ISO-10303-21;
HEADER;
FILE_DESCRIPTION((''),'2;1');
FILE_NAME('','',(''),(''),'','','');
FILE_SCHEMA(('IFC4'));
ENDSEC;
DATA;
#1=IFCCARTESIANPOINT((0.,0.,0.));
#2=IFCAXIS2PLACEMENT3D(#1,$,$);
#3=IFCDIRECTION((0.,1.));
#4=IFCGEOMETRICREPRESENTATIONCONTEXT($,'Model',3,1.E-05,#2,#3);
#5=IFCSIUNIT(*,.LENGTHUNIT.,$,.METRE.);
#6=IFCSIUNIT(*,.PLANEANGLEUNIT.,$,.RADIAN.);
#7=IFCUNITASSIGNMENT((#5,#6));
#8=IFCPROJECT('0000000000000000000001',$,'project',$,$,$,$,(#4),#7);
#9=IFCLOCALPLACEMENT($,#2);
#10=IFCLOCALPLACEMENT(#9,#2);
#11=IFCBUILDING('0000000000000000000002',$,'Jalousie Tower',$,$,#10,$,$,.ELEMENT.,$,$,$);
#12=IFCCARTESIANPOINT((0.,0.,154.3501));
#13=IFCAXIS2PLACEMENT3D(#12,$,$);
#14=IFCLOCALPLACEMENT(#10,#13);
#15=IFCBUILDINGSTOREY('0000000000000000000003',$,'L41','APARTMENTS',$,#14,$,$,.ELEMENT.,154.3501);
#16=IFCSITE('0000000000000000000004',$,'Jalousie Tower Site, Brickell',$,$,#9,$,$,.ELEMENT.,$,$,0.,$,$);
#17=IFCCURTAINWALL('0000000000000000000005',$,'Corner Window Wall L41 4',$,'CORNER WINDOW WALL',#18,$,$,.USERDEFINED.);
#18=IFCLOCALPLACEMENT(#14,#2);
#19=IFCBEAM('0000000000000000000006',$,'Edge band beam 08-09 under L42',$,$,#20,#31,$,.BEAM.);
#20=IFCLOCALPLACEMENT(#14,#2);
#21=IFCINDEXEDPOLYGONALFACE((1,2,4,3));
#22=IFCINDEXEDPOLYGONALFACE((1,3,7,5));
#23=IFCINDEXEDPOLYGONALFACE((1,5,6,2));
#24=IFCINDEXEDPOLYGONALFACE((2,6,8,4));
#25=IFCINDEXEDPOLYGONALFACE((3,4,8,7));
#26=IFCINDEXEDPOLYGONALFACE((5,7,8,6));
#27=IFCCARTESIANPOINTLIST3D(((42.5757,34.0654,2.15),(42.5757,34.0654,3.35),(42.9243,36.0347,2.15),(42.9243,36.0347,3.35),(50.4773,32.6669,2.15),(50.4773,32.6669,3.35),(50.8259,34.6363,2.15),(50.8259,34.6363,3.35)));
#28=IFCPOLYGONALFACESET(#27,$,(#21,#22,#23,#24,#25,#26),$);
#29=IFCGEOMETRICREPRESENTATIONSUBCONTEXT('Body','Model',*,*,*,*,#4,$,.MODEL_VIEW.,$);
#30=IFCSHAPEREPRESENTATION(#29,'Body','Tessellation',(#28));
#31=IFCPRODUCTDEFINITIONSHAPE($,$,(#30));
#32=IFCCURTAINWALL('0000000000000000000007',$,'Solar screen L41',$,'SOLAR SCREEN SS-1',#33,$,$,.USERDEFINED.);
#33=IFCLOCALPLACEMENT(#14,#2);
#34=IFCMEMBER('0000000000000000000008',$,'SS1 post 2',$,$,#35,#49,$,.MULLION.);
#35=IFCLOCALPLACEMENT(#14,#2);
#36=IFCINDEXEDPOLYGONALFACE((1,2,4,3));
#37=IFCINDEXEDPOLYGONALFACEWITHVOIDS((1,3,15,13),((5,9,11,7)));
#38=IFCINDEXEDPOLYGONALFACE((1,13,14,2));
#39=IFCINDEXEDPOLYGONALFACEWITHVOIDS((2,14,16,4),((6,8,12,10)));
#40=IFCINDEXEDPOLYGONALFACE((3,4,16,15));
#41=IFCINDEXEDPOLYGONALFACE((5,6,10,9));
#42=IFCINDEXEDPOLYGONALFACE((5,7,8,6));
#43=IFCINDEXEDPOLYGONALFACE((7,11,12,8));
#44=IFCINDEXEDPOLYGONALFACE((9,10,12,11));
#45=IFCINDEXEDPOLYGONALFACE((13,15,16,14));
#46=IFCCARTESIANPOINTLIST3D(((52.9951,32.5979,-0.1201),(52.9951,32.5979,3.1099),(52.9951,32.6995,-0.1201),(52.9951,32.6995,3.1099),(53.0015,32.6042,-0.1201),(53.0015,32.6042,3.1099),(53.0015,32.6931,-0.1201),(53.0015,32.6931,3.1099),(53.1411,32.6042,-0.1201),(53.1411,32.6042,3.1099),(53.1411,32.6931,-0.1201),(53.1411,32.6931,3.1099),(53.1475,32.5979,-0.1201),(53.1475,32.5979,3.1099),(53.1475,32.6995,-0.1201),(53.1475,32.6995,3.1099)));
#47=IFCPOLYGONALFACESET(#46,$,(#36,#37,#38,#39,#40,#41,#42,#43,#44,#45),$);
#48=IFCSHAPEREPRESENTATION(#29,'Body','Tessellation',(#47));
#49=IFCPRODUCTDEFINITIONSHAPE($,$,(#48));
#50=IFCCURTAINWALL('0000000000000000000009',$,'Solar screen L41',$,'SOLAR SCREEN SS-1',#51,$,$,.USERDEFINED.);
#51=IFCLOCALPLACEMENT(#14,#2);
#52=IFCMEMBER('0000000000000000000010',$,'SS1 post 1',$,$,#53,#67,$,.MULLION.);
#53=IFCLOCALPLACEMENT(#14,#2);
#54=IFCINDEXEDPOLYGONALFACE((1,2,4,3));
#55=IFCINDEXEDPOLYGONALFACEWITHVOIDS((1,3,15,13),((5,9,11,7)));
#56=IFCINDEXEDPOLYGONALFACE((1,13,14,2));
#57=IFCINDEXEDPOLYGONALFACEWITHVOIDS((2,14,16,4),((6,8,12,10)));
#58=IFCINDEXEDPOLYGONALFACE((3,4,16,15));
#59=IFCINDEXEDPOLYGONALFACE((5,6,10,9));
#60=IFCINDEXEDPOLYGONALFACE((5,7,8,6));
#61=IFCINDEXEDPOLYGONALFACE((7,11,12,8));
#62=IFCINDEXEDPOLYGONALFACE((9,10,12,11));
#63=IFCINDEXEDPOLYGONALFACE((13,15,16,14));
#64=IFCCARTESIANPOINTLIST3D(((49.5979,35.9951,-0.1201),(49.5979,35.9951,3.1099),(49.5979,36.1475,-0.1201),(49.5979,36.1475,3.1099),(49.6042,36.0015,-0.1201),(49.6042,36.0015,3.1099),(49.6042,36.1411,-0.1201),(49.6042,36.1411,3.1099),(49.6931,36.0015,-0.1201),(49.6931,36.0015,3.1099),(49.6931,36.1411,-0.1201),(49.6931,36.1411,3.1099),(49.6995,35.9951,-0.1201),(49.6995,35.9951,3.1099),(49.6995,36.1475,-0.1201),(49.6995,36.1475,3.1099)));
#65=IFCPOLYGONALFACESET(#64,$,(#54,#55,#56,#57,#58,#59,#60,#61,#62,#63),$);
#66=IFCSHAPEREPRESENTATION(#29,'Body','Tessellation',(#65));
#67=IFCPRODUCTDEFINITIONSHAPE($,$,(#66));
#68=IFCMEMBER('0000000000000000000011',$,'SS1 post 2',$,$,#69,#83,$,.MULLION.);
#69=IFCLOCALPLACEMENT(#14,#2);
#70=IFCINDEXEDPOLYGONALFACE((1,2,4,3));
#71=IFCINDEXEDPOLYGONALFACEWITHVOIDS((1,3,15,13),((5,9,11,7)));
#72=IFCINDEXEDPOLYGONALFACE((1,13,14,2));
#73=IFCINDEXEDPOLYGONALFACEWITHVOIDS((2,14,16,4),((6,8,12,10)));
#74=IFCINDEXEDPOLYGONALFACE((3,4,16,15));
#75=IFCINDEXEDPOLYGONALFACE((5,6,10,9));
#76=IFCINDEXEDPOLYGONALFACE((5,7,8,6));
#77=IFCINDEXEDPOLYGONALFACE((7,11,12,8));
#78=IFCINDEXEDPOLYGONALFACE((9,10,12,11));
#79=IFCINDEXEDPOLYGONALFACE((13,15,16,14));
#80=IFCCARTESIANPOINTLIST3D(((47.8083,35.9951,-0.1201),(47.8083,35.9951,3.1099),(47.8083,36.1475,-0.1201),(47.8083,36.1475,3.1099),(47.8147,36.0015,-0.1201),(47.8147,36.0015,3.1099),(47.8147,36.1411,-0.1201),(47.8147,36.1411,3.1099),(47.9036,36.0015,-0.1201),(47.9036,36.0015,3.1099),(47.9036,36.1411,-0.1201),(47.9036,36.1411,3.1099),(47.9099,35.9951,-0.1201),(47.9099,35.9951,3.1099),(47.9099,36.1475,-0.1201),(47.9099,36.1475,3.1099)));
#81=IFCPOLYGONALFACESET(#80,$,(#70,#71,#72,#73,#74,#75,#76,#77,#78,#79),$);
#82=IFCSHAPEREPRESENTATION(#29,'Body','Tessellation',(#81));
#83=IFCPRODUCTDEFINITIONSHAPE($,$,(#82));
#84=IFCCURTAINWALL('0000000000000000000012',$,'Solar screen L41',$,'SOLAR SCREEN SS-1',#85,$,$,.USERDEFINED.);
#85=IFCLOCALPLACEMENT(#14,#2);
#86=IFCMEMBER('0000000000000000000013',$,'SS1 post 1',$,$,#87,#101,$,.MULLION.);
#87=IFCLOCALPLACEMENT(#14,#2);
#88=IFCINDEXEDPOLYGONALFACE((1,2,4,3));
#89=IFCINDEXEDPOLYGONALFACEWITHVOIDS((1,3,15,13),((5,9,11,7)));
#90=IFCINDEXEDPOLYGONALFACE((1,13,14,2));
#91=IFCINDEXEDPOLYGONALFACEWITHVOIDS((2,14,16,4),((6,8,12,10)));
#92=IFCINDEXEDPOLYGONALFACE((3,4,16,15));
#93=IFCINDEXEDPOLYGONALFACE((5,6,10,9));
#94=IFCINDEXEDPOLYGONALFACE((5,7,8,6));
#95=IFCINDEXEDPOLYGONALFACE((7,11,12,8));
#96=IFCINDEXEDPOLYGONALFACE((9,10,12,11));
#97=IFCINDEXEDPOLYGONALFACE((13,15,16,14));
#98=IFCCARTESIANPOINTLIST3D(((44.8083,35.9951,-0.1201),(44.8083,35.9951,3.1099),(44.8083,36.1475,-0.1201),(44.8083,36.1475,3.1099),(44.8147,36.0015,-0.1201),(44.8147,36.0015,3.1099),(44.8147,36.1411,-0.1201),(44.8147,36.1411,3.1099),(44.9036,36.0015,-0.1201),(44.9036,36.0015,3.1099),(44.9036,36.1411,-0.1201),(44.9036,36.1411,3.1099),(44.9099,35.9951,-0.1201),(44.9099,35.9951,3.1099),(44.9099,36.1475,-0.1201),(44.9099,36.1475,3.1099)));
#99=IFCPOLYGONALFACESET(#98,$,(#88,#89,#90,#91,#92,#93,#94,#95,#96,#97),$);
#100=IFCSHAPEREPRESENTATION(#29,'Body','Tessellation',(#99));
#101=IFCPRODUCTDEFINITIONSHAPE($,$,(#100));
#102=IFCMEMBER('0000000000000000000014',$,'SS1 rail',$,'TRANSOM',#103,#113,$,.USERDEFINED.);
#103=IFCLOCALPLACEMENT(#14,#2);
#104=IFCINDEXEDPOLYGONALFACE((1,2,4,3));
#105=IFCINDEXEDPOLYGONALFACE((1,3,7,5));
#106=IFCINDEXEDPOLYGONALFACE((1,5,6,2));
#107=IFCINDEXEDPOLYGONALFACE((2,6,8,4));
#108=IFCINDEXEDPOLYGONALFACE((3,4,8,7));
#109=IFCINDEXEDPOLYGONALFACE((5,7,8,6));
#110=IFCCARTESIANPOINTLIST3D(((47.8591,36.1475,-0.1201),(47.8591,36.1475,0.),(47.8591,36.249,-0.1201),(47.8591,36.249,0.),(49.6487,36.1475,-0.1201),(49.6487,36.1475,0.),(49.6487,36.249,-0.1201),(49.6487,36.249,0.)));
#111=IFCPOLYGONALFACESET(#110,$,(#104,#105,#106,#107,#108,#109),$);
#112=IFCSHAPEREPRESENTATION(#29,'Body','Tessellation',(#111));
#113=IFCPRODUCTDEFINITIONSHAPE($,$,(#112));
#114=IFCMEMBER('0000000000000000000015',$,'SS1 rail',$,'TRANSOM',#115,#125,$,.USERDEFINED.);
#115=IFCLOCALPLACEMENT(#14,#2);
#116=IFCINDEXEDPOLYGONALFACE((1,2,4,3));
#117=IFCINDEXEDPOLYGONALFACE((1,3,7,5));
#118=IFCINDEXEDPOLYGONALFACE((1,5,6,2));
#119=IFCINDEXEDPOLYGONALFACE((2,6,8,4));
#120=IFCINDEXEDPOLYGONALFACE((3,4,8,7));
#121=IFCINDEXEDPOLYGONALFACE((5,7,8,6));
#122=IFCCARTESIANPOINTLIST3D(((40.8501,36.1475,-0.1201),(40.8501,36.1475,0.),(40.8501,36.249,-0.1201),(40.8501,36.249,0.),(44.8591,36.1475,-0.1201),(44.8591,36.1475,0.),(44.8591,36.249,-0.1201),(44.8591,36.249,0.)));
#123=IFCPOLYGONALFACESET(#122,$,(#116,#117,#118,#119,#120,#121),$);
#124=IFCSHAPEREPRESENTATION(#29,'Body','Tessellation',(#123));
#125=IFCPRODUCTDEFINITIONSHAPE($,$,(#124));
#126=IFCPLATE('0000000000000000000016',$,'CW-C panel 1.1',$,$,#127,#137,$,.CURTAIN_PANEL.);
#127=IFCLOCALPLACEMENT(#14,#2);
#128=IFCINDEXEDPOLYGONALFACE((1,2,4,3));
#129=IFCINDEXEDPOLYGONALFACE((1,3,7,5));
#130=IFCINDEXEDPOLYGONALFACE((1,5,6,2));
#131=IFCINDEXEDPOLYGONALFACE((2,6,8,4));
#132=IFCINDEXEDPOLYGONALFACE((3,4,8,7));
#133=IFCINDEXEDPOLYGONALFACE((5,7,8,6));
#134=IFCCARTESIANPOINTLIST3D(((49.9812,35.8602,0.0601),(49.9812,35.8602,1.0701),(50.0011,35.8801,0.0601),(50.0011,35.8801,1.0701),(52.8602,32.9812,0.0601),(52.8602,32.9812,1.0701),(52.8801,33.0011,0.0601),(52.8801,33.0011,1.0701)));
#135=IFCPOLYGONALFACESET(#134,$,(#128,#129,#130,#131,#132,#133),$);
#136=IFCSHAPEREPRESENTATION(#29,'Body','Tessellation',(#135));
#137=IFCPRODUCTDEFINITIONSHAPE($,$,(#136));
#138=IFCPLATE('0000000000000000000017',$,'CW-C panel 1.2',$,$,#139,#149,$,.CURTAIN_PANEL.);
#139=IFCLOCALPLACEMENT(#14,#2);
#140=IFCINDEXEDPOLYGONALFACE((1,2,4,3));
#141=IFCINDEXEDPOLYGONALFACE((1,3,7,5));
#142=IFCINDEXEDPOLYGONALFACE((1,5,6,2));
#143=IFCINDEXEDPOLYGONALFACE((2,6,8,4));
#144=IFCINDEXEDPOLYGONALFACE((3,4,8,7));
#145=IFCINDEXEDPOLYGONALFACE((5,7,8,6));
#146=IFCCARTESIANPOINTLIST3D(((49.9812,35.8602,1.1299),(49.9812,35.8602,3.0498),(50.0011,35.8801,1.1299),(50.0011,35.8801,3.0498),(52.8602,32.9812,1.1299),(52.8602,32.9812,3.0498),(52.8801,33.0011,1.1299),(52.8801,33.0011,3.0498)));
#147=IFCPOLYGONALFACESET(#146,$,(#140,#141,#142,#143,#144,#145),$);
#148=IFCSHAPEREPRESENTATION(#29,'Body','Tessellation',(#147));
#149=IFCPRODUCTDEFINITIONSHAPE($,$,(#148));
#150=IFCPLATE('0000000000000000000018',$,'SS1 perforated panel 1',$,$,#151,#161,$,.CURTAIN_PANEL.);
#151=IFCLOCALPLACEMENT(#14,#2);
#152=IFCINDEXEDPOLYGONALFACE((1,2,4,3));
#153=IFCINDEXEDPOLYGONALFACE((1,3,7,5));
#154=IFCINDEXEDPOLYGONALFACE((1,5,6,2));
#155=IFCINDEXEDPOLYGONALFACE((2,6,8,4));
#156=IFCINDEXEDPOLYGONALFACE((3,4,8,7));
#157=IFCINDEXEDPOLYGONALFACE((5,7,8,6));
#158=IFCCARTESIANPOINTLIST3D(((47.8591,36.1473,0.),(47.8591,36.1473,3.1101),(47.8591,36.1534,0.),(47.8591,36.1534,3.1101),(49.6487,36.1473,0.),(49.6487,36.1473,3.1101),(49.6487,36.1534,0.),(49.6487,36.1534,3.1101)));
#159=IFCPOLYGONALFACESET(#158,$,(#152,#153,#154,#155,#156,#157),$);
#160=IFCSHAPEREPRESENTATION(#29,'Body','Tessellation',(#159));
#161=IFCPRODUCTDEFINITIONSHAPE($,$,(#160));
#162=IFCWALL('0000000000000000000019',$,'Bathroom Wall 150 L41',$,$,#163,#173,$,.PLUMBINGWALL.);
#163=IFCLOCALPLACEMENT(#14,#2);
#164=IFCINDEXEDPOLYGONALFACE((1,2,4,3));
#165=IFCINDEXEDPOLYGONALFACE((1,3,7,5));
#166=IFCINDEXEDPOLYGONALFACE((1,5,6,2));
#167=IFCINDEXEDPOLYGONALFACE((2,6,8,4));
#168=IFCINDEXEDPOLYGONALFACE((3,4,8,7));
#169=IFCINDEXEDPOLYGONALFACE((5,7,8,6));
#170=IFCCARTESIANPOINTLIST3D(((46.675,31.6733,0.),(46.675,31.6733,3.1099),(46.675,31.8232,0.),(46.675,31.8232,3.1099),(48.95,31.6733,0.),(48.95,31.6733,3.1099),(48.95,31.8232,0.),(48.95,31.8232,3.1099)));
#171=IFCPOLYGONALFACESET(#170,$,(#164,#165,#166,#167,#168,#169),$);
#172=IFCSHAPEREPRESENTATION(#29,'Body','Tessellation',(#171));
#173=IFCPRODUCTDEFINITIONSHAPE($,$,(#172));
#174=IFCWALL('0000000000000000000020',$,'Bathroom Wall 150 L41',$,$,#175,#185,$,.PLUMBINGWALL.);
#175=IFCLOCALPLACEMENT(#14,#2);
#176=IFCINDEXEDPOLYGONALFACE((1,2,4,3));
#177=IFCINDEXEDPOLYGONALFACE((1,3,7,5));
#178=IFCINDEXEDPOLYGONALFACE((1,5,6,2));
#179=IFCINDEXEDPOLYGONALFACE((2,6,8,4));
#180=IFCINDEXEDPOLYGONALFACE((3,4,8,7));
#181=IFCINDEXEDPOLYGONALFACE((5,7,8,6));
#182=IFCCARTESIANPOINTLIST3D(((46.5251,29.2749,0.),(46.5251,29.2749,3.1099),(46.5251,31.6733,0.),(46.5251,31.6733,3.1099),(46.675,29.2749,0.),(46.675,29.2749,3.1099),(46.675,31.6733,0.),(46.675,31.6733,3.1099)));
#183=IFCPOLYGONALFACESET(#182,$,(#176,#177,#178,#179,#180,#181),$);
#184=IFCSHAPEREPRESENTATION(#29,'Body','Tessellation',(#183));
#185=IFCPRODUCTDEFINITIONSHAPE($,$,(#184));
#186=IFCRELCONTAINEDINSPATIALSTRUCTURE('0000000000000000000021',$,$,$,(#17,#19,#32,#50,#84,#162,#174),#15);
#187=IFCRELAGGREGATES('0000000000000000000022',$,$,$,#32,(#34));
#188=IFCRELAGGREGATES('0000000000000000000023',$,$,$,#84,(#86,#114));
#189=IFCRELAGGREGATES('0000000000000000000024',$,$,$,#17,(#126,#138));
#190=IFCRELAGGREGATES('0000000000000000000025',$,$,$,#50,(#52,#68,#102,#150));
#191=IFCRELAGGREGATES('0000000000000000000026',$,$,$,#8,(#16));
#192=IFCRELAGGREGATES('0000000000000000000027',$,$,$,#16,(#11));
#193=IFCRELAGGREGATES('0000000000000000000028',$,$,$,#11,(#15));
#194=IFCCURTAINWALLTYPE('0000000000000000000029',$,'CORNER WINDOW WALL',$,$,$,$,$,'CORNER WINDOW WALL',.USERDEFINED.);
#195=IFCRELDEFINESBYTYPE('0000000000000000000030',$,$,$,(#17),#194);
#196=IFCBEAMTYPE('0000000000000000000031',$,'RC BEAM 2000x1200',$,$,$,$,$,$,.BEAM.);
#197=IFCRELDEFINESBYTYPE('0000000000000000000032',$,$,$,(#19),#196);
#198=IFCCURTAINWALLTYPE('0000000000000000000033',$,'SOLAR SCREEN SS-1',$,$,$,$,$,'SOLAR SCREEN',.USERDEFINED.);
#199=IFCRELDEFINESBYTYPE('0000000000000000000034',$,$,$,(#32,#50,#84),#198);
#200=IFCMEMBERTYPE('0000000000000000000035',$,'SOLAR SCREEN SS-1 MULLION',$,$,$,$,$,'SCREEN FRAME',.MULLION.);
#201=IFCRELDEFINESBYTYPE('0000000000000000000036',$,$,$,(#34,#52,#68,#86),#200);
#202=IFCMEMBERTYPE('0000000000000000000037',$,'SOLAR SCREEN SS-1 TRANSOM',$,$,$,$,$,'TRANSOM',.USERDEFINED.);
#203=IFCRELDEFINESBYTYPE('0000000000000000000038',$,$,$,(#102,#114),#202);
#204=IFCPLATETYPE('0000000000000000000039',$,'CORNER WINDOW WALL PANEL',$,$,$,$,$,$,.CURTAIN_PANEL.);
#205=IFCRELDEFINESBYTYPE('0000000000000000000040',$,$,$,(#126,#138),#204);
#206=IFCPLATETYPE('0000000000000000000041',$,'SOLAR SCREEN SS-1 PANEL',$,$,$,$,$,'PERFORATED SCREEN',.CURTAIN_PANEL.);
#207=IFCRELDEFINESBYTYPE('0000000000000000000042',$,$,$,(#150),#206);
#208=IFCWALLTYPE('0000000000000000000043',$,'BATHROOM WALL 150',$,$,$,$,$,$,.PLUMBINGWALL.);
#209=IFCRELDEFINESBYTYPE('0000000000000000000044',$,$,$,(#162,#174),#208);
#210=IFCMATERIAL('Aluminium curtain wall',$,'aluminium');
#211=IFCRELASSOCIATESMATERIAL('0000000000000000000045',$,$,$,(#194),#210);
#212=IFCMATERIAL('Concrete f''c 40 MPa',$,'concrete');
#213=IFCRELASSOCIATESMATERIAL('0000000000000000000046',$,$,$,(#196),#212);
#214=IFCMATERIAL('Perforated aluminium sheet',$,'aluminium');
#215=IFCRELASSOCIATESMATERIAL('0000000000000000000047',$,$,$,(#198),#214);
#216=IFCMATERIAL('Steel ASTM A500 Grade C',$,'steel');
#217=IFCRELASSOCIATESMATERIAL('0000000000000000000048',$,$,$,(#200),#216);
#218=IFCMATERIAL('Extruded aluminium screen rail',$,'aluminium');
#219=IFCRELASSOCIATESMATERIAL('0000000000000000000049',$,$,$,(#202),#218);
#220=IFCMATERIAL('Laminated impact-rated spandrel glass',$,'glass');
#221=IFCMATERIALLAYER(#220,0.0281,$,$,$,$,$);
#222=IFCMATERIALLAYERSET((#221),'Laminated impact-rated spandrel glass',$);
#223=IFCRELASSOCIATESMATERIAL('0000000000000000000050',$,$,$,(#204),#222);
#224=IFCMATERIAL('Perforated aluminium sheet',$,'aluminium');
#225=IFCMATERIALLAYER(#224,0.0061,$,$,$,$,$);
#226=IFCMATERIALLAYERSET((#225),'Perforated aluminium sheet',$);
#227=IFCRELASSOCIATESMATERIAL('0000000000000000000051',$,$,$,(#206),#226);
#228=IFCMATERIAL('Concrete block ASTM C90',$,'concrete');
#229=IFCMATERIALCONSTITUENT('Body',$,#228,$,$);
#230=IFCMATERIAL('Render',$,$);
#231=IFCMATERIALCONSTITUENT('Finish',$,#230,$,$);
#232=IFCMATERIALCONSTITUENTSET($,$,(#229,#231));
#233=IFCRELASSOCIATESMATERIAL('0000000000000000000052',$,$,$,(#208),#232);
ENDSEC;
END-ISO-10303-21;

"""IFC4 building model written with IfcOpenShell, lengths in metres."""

from ifc_helpers import new_model, si_unit, direction, frame, frame_2d, origin, origin_2d, place, context, subcontext, project, spatial, rectangle, hollow_rectangle, extrude, material, layer, layer_set, constituent, constituent_set, material_profile, profile_set, type_object, element, aggregate, save


model = new_model("IFC4")

# Units and contexts
model_context = context("Model", 3, precision=1e-05, world=origin(), true_north=direction((0.0, 1.0)))
body_context = subcontext(model_context, "Body", "Model", "MODEL_VIEW")
ifc_project = project(units=[si_unit("LENGTHUNIT", "METRE"), si_unit("PLANEANGLEUNIT", "RADIAN")], contexts=[model_context])

# Site, building, storey
site_placement = place(None, origin())
site = spatial("IfcSite", under=ifc_project, at=site_placement, Name="Jalousie Tower Site, Brickell", CompositionType="ELEMENT", RefElevation=0.0)
building_placement = place(site_placement, origin())
building = spatial("IfcBuilding", under=site, at=building_placement, Name="Jalousie Tower", CompositionType="ELEMENT")
storey_placement = place(building_placement, frame((0.0, 0.0, 154.3501)))
storey = spatial("IfcBuildingStorey", under=building, at=storey_placement, Name="L41", Description="APARTMENTS", CompositionType="ELEMENT", Elevation=154.3501)

# Curtain wall
ifc_material_1 = material(Name="Aluminium curtain wall", Category="aluminium")
curtain_wall_type_1 = type_object("IfcCurtainWallType", Name="CORNER WINDOW WALL", ElementType="CORNER WINDOW WALL", PredefinedType="USERDEFINED", material=ifc_material_1)
curtain_wall_1_placement = place(storey_placement, origin())
curtain_wall_1 = element("IfcCurtainWall", 1, at=curtain_wall_1_placement, inside=storey, type_object=curtain_wall_type_1, Name="Corner Window Wall L41 4", ObjectType="CORNER WINDOW WALL", PredefinedType="USERDEFINED")

# Beam
ifc_material_2 = material(Name="Concrete f'c 40 MPa", Category="concrete")
ifc_material_profile_1 = material_profile(ifc_material_2, rectangle(XDim=2.0, YDim=1.2, at=origin_2d()), Name="RC 2000x1200")
ifc_profile_set_1 = profile_set([ifc_material_profile_1], Name="Concrete f'c 40 MPa")
beam_type = type_object("IfcBeamType", Name="RC BEAM 2000x1200", PredefinedType="BEAM", material=ifc_profile_set_1)
beam_placement = place(storey_placement, frame((50.6516, 33.6516, 2.75), z_axis=(-0.984697, 0.174273, 0.0), x_axis=(-0.174273, -0.984697, 0.0)))
element("IfcBeam", 2, at=beam_placement, inside=storey, type_object=beam_type, Name="Edge band beam 08-09 under L42", PredefinedType="BEAM", context=body_context, shape_type="SweptSolid", body=[
    extrude(rectangle(XDim=2.0, YDim=1.2, at=origin_2d()), origin(), (0.0, 0.0, 1.0), 8.0244),
])

# Curtain wall, member
ifc_material_3 = material(Name="Perforated aluminium sheet", Category="aluminium")
curtain_wall_type_2 = type_object("IfcCurtainWallType", Name="SOLAR SCREEN SS-1", ElementType="SOLAR SCREEN", PredefinedType="USERDEFINED", material=ifc_material_3)
curtain_wall_2_placement = place(storey_placement, origin())
curtain_wall_2 = element("IfcCurtainWall", 3, at=curtain_wall_2_placement, inside=storey, type_object=curtain_wall_type_2, Name="Solar screen L41", ObjectType="SOLAR SCREEN SS-1", PredefinedType="USERDEFINED")
ifc_material_4 = material(Name="Steel ASTM A500 Grade C", Category="steel")
ifc_material_profile_2 = material_profile(ifc_material_4, hollow_rectangle(XDim=0.1016, YDim=0.1523, WallThickness=0.0063, at=origin_2d()), Name="HSS6X4X1/4")
ifc_profile_set_2 = profile_set([ifc_material_profile_2], Name="Steel ASTM A500 Grade C")
member_type_1 = type_object("IfcMemberType", Name="SOLAR SCREEN SS-1 MULLION", ElementType="SCREEN FRAME", PredefinedType="MULLION", material=ifc_profile_set_2)
member_1_placement = place(storey_placement, frame((53.0713, 32.6487, -0.1201), z_axis=(0.0, 0.0, 1.0), x_axis=(0.0, 1.0, 0.0)))
member_1 = element("IfcMember", 4, at=member_1_placement, type_object=member_type_1, Name="SS1 post 2", PredefinedType="MULLION", context=body_context, shape_type="SweptSolid", body=[
    extrude(hollow_rectangle(XDim=0.1016, YDim=0.1523, WallThickness=0.0063, at=origin_2d()), origin(), (0.0, 0.0, 1.0), 3.23),
])
aggregate(curtain_wall_2, [member_1])

# Curtain wall, members
curtain_wall_3_placement = place(storey_placement, origin())
curtain_wall_3 = element("IfcCurtainWall", 5, at=curtain_wall_3_placement, inside=storey, type_object=curtain_wall_type_2, Name="Solar screen L41", ObjectType="SOLAR SCREEN SS-1", PredefinedType="USERDEFINED")
member_2_placement = place(storey_placement, frame((49.6487, 36.0713, -0.1201), z_axis=(0.0, 0.0, 1.0), x_axis=(-1.0, 0.0, 0.0)))
member_2 = element("IfcMember", 6, at=member_2_placement, type_object=member_type_1, Name="SS1 post 1", PredefinedType="MULLION", context=body_context, shape_type="SweptSolid", body=[
    extrude(hollow_rectangle(XDim=0.1016, YDim=0.1523, WallThickness=0.0063, at=origin_2d()), origin(), (0.0, 0.0, 1.0), 3.23),
])
member_3_placement = place(storey_placement, frame((47.8591, 36.0713, -0.1201), z_axis=(0.0, 0.0, 1.0), x_axis=(-1.0, 0.0, 0.0)))
member_3 = element("IfcMember", 7, at=member_3_placement, type_object=member_type_1, Name="SS1 post 2", PredefinedType="MULLION", context=body_context, shape_type="SweptSolid", body=[
    extrude(hollow_rectangle(XDim=0.1016, YDim=0.1523, WallThickness=0.0063, at=origin_2d()), origin(), (0.0, 0.0, 1.0), 3.23),
])

# Curtain wall, member
curtain_wall_4_placement = place(storey_placement, origin())
curtain_wall_4 = element("IfcCurtainWall", 8, at=curtain_wall_4_placement, inside=storey, type_object=curtain_wall_type_2, Name="Solar screen L41", ObjectType="SOLAR SCREEN SS-1", PredefinedType="USERDEFINED")
member_4_placement = place(storey_placement, frame((44.8591, 36.0713, -0.1201), z_axis=(0.0, 0.0, 1.0), x_axis=(-1.0, 0.0, 0.0)))
member_4 = element("IfcMember", 9, at=member_4_placement, type_object=member_type_1, Name="SS1 post 1", PredefinedType="MULLION", context=body_context, shape_type="SweptSolid", body=[
    extrude(hollow_rectangle(XDim=0.1016, YDim=0.1523, WallThickness=0.0063, at=origin_2d()), origin(), (0.0, 0.0, 1.0), 3.23),
])

# Members
ifc_material_5 = material(Name="Extruded aluminium screen rail", Category="aluminium")
ifc_material_profile_3 = material_profile(ifc_material_5, rectangle(XDim=0.1016, YDim=0.1201, at=origin_2d()), Name="RAIL 102x120")
ifc_profile_set_3 = profile_set([ifc_material_profile_3], Name="Extruded aluminium screen rail")
member_type_2 = type_object("IfcMemberType", Name="SOLAR SCREEN SS-1 TRANSOM", ElementType="TRANSOM", PredefinedType="USERDEFINED", material=ifc_profile_set_3)
member_5_placement = place(storey_placement, frame((49.6487, 36.1982, -0.0601), z_axis=(-1.0, 0.0, 0.0), x_axis=(0.0, -1.0, 0.0)))
member_5 = element("IfcMember", 10, at=member_5_placement, type_object=member_type_2, Name="SS1 rail", ObjectType="TRANSOM", PredefinedType="USERDEFINED", context=body_context, shape_type="SweptSolid", body=[
    extrude(rectangle(XDim=0.1016, YDim=0.1201, at=origin_2d()), origin(), (0.0, 0.0, 1.0), 1.7896),
])
member_6_placement = place(storey_placement, frame((44.8591, 36.1982, -0.0601), z_axis=(-1.0, 0.0, 0.0), x_axis=(0.0, -1.0, 0.0)))
member_6 = element("IfcMember", 11, at=member_6_placement, type_object=member_type_2, Name="SS1 rail", ObjectType="TRANSOM", PredefinedType="USERDEFINED", context=body_context, shape_type="SweptSolid", body=[
    extrude(rectangle(XDim=0.1016, YDim=0.1201, at=origin_2d()), origin(), (0.0, 0.0, 1.0), 4.009),
])
aggregate(curtain_wall_4, [member_4, member_6])

# Plates
ifc_material_6 = material(Name="Laminated impact-rated spandrel glass", Category="glass")
ifc_layer_1 = layer(ifc_material_6, 0.0281)
ifc_layer_set_1 = layer_set([ifc_layer_1], Name="Laminated impact-rated spandrel glass")
plate_type_1 = type_object("IfcPlateType", Name="CORNER WINDOW WALL PANEL", PredefinedType="CURTAIN_PANEL", material=ifc_layer_set_1)
plate_1_placement = place(storey_placement, frame((51.4307, 34.4307, 0.0601), z_axis=(0.0, 0.0, 1.0), x_axis=(-0.707107, 0.707107, 0.0)))
plate_1 = element("IfcPlate", 12, at=plate_1_placement, type_object=plate_type_1, Name="CW-C panel 1.1", PredefinedType="CURTAIN_PANEL", context=body_context, shape_type="SweptSolid", body=[
    extrude(rectangle(XDim=4.0715, YDim=0.0281, at=origin_2d()), origin(), (0.0, 0.0, 1.0), 1.01),
])
plate_2_placement = place(storey_placement, frame((51.4307, 34.4307, 1.1299), z_axis=(0.0, 0.0, 1.0), x_axis=(-0.707107, 0.707107, 0.0)))
plate_2 = element("IfcPlate", 13, at=plate_2_placement, type_object=plate_type_1, Name="CW-C panel 1.2", PredefinedType="CURTAIN_PANEL", context=body_context, shape_type="SweptSolid", body=[
    extrude(rectangle(XDim=4.0715, YDim=0.0281, at=origin_2d()), origin(), (0.0, 0.0, 1.0), 1.9199),
])
aggregate(curtain_wall_1, [plate_1, plate_2])
ifc_material_7 = material(Name="Perforated aluminium sheet", Category="aluminium")
ifc_layer_2 = layer(ifc_material_7, 0.0061)
ifc_layer_set_2 = layer_set([ifc_layer_2], Name="Perforated aluminium sheet")
plate_type_2 = type_object("IfcPlateType", Name="SOLAR SCREEN SS-1 PANEL", ElementType="PERFORATED SCREEN", PredefinedType="CURTAIN_PANEL", material=ifc_layer_set_2)
plate_3_placement = place(storey_placement, frame((48.7539, 36.1504, 0.0), z_axis=(0.0, 0.0, 1.0), x_axis=(-1.0, 0.0, 0.0)))
plate_3 = element("IfcPlate", 14, at=plate_3_placement, type_object=plate_type_2, Name="SS1 perforated panel 1", PredefinedType="CURTAIN_PANEL", context=body_context, shape_type="SweptSolid", body=[
    extrude(rectangle(XDim=1.7896, YDim=0.0061, at=origin_2d()), origin(), (0.0, 0.0, 1.0), 3.1101),
])
aggregate(curtain_wall_3, [member_2, member_3, member_5, plate_3])

# Walls
ifc_material_8 = material(Name="Concrete block ASTM C90", Category="concrete")
ifc_constituent_1 = constituent(ifc_material_8, Name="Body")
ifc_material_9 = material(Name="Render")
ifc_constituent_2 = constituent(ifc_material_9, Name="Finish")
ifc_constituent_set_1 = constituent_set(constituents=[ifc_constituent_1, ifc_constituent_2])
wall_type_1 = type_object("IfcWallType", Name="BATHROOM WALL 150", PredefinedType="PLUMBINGWALL", material=ifc_constituent_set_1)
wall_1_placement = place(storey_placement, frame((46.675, 31.7483, 0.0), z_axis=(0.0, 0.0, 1.0), x_axis=(1.0, 0.0, 0.0)))
element("IfcWall", 15, at=wall_1_placement, inside=storey, type_object=wall_type_1, Name="Bathroom Wall 150 L41", PredefinedType="PLUMBINGWALL", context=body_context, shape_type="SweptSolid", body=[
    extrude(rectangle(XDim=2.2749, YDim=0.1499, at=frame_2d((1.1375, 0.0))), origin(), (0.0, 0.0, 1.0), 3.1099),
])
wall_2_placement = place(storey_placement, frame((46.6001, 31.6733, 0.0), z_axis=(0.0, 0.0, 1.0), x_axis=(0.0, -1.0, 0.0)))
element("IfcWall", 16, at=wall_2_placement, inside=storey, type_object=wall_type_1, Name="Bathroom Wall 150 L41", PredefinedType="PLUMBINGWALL", context=body_context, shape_type="SweptSolid", body=[
    extrude(rectangle(XDim=2.3984, YDim=0.1499, at=frame_2d((1.1992, 0.0))), origin(), (0.0, 0.0, 1.0), 3.1099),
])

save(model, "model.ifc")
